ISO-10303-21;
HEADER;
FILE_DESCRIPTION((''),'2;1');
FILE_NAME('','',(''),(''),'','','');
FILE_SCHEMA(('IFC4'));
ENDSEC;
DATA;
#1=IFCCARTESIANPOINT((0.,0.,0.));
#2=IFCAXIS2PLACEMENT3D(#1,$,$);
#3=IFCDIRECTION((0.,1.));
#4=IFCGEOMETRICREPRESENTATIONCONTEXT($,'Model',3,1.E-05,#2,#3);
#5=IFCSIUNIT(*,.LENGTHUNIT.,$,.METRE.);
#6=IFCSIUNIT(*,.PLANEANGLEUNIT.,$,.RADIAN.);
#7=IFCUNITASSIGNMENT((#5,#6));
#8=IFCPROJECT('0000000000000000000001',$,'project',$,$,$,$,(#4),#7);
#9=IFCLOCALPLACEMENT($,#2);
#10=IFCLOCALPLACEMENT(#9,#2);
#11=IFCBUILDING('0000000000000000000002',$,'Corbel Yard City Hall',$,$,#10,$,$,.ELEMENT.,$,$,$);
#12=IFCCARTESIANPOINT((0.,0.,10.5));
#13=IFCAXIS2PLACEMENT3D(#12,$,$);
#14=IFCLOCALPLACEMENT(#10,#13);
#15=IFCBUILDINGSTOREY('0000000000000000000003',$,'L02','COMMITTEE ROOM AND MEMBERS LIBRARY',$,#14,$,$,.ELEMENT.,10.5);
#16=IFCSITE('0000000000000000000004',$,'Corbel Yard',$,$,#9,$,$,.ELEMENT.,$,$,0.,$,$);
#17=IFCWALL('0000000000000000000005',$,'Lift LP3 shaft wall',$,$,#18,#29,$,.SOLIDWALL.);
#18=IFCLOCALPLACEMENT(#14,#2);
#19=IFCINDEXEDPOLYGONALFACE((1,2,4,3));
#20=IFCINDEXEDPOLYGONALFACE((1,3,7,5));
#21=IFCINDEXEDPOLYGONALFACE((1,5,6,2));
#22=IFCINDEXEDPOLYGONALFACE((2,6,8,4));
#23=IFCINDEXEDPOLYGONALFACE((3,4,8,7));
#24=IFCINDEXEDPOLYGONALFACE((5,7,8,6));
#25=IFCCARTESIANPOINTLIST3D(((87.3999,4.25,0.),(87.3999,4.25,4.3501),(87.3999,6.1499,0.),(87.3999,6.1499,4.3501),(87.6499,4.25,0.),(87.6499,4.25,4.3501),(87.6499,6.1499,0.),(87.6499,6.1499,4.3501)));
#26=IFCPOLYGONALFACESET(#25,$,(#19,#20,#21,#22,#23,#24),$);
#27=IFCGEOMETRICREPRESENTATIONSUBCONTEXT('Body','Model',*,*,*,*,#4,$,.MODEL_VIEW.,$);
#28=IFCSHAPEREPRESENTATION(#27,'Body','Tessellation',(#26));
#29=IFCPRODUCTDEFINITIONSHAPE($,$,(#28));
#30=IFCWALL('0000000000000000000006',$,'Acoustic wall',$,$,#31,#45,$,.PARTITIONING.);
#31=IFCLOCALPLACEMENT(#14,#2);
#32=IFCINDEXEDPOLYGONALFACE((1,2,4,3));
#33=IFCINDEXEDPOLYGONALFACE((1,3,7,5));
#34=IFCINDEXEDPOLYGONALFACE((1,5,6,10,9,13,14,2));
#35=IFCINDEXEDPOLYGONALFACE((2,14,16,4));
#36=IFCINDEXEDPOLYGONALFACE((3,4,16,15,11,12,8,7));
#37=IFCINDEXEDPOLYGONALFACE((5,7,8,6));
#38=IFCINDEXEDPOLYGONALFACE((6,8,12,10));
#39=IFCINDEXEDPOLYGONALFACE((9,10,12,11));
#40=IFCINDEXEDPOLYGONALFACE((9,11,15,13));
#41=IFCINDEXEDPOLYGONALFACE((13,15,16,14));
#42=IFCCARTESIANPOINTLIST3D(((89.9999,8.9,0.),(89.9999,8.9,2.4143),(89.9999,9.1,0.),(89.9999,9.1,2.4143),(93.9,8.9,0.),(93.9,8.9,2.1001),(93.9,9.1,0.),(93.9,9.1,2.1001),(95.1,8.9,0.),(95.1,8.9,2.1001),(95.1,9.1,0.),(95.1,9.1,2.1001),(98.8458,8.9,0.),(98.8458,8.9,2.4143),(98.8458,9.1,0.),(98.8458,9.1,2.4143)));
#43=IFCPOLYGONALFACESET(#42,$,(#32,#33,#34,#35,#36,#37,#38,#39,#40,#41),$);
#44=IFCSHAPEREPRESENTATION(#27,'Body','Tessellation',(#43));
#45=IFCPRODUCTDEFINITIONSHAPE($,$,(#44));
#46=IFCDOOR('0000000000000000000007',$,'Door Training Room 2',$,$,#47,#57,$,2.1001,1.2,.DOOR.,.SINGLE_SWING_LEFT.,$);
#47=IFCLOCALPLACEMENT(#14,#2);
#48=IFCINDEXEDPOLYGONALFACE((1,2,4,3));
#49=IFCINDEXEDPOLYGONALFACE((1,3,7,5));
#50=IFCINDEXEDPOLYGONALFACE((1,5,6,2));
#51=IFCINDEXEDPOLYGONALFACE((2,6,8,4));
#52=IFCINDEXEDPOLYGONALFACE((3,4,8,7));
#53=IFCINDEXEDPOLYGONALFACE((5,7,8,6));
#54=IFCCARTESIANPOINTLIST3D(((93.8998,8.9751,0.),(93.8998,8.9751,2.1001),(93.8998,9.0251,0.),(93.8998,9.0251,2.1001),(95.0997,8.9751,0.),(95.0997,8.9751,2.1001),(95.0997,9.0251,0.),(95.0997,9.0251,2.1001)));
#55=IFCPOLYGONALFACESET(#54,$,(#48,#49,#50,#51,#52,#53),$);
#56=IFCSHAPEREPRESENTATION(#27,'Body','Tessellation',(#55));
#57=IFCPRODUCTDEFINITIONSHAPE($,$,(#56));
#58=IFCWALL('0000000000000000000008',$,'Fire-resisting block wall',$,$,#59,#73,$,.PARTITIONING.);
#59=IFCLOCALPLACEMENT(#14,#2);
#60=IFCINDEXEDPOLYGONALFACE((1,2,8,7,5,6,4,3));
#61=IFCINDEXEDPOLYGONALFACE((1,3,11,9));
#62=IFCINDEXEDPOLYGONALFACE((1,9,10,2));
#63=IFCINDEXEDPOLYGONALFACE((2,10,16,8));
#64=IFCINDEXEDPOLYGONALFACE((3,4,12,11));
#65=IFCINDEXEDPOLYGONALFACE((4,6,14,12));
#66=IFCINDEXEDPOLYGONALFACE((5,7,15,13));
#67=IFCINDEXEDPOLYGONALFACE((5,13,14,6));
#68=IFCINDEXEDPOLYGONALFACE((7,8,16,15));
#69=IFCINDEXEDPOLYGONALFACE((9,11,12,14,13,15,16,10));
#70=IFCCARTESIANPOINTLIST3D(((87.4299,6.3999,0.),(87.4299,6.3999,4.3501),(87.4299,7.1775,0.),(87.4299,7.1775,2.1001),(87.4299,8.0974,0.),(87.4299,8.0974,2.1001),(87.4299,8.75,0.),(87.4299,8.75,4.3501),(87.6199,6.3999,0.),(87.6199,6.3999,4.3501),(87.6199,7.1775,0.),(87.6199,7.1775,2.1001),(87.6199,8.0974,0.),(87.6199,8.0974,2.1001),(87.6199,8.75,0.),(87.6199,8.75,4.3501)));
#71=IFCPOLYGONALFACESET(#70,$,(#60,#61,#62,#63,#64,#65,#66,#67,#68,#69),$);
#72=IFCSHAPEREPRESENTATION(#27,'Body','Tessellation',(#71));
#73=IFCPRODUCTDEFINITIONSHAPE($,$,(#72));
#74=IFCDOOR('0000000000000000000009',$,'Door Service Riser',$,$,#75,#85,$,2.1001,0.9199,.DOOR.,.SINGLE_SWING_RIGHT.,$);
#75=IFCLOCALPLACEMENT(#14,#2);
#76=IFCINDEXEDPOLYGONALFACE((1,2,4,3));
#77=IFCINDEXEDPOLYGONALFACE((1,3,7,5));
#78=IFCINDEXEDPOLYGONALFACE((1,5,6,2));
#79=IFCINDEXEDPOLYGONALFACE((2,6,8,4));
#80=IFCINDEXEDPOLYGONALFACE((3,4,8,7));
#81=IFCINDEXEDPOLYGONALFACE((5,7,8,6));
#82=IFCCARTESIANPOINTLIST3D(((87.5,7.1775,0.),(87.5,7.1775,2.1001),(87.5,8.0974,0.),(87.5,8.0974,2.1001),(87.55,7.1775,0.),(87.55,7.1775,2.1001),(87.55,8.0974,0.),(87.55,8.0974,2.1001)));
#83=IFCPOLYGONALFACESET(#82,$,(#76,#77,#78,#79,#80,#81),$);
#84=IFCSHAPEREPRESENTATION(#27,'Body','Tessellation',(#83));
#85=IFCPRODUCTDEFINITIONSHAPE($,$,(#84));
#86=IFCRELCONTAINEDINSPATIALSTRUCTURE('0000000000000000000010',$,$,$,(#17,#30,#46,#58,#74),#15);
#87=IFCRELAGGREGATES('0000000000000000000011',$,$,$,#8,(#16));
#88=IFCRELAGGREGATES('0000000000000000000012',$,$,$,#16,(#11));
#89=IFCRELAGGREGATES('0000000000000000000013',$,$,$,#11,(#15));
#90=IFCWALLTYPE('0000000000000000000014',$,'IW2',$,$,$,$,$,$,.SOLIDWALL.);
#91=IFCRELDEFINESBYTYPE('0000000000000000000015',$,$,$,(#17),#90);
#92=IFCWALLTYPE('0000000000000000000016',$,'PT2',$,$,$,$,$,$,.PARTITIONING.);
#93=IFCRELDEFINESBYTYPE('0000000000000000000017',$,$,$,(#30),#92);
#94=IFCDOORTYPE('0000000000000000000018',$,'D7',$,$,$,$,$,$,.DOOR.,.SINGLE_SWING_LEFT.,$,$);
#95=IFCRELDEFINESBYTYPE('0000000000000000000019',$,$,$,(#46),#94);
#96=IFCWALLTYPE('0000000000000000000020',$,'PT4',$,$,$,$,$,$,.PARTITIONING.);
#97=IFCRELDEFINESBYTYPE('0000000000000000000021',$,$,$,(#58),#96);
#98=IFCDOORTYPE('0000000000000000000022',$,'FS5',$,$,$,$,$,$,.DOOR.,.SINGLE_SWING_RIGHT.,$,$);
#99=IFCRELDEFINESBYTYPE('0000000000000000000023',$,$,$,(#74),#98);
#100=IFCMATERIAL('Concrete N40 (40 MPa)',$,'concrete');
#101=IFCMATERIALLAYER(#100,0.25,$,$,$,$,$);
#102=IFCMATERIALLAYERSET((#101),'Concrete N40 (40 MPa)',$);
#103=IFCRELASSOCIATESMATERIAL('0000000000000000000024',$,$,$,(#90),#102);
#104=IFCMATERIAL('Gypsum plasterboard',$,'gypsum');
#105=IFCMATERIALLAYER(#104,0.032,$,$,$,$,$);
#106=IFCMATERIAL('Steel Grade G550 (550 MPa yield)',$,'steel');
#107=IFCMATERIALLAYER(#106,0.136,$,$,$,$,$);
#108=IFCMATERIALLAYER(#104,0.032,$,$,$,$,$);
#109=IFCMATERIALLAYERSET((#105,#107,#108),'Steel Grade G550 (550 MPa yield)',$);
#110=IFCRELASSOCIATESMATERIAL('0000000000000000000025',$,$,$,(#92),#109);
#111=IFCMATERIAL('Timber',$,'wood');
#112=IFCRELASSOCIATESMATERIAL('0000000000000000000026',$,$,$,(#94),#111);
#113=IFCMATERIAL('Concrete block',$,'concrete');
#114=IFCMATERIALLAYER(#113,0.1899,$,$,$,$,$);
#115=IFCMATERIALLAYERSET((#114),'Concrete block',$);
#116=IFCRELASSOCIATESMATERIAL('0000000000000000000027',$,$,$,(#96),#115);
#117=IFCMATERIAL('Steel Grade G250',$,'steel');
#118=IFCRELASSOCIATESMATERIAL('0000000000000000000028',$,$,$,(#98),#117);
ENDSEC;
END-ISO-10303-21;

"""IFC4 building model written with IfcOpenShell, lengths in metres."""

from ifc_helpers import new_model, si_unit, direction, frame, frame_2d, origin, place, context, subcontext, project, spatial, rectangle, extrude, material, layer, layer_set, type_object, element, fill, save


model = new_model("IFC4")

# Units and contexts
model_context = context("Model", 3, precision=1e-05, world=origin(), true_north=direction((0.0, 1.0)))
body_context = subcontext(model_context, "Body", "Model", "MODEL_VIEW")
ifc_project = project(units=[si_unit("LENGTHUNIT", "METRE"), si_unit("PLANEANGLEUNIT", "RADIAN")], contexts=[model_context])

# Site, building, storey
site_placement = place(None, origin())
site = spatial("IfcSite", under=ifc_project, at=site_placement, Name="Corbel Yard", CompositionType="ELEMENT", RefElevation=0.0)
building_placement = place(site_placement, origin())
building = spatial("IfcBuilding", under=site, at=building_placement, Name="Corbel Yard City Hall", CompositionType="ELEMENT")
storey_placement = place(building_placement, frame((0.0, 0.0, 10.5)))
storey = spatial("IfcBuildingStorey", under=building, at=storey_placement, Name="L02", Description="COMMITTEE ROOM AND MEMBERS LIBRARY", CompositionType="ELEMENT", Elevation=10.5)

# Shared definitions
ifc_material_1 = material(Name="Steel Grade G250", Category="steel")

# Shared definitions
ifc_material_2 = material(Name="Gypsum plasterboard", Category="gypsum")

# Shared definitions
ifc_material_3 = material(Name="Concrete N40 (40 MPa)", Category="concrete")
ifc_layer_1 = layer(ifc_material_3, 0.25)
ifc_layer_set_1 = layer_set([ifc_layer_1], Name="Concrete N40 (40 MPa)")
wall_type_1 = type_object("IfcWallType", Name="IW2", PredefinedType="SOLIDWALL", material=ifc_layer_set_1)

# Wall
wall_1_placement = place(storey_placement, frame((87.5249, 4.25, 0.0), z_axis=(0.0, 0.0, 1.0), x_axis=(0.0, 1.0, 0.0)))
element("IfcWall", 1, at=wall_1_placement, inside=storey, type_object=wall_type_1, Name="Lift LP3 shaft wall", PredefinedType="SOLIDWALL", context=body_context, shape_type="SweptSolid", body=[
    extrude(rectangle(XDim=1.8999, YDim=0.25, at=frame_2d((0.95, 0.0))), origin(), (0.0, 0.0, 1.0), 4.3501),
])

# Walls, openings, doors
ifc_layer_2 = layer(ifc_material_2, 0.032)
ifc_material_4 = material(Name="Steel Grade G550 (550 MPa yield)", Category="steel")
ifc_layer_3 = layer(ifc_material_4, 0.136)
ifc_layer_4 = layer(ifc_material_2, 0.032)
ifc_layer_set_2 = layer_set([ifc_layer_2, ifc_layer_3, ifc_layer_4], Name="Steel Grade G550 (550 MPa yield)")
wall_type_2 = type_object("IfcWallType", Name="PT2", PredefinedType="PARTITIONING", material=ifc_layer_set_2)
wall_2_placement = place(storey_placement, frame((90.0, 9.0, 0.0), z_axis=(0.0, 0.0, 1.0), x_axis=(1.0, 0.0, 0.0)))
wall_2 = element("IfcWall", 2, at=wall_2_placement, inside=storey, type_object=wall_type_2, Name="Acoustic wall", PredefinedType="PARTITIONING", context=body_context, shape_type="SweptSolid", body=[
    extrude(rectangle(XDim=8.8459, YDim=0.2, at=frame_2d((4.4229, 0.0))), origin(), (0.0, 0.0, 1.0), 2.4143),
])
opening_1_placement = place(wall_2_placement, frame((3.8999, 0.0, 0.0)))
opening_1 = element("IfcOpeningElement", 3, at=opening_1_placement, cuts=wall_2, PredefinedType="OPENING", context=body_context, shape_type="SweptSolid", body=[
    extrude(rectangle(XDim=1.2, YDim=2.1001, at=frame_2d((0.6001, 1.05))), frame((0.0, 0.1099, 0.0), z_axis=(0.0, -1.0, 0.0), x_axis=(1.0, 0.0, 0.0)), (0.0, 0.0, 1.0), 0.22),
])
ifc_material_5 = material(Name="Timber", Category="wood")
door_type_1 = type_object("IfcDoorType", Name="D7", OperationType="SINGLE_SWING_LEFT", PredefinedType="DOOR", material=ifc_material_5)
door_1_placement = place(opening_1_placement, frame((1.2, 0.0, 0.0), z_axis=(0.0, 0.0, 1.0), x_axis=(-1.0, 0.0, 0.0)))
door_1 = element("IfcDoor", 4, at=door_1_placement, inside=storey, type_object=door_type_1, Name="Door Training Room 2", OperationType="SINGLE_SWING_LEFT", OverallHeight=2.1001, OverallWidth=1.2, PredefinedType="DOOR", context=body_context, shape_type="SweptSolid", body=[
    extrude(rectangle(XDim=1.2, YDim=2.1001, at=frame_2d((0.6001, 1.05))), frame((0.0, 0.0249, 0.0), z_axis=(0.0, -1.0, 0.0), x_axis=(1.0, 0.0, 0.0)), (0.0, 0.0, 1.0), 0.05),
])
fill(opening_1, door_1)
ifc_material_6 = material(Name="Concrete block", Category="concrete")
ifc_layer_5 = layer(ifc_material_6, 0.1899)
ifc_layer_set_3 = layer_set([ifc_layer_5], Name="Concrete block")
wall_type_3 = type_object("IfcWallType", Name="PT4", PredefinedType="PARTITIONING", material=ifc_layer_set_3)
wall_3_placement = place(storey_placement, frame((87.5249, 6.3999, 0.0), z_axis=(0.0, 0.0, 1.0), x_axis=(0.0, 1.0, 0.0)))
wall_3 = element("IfcWall", 5, at=wall_3_placement, inside=storey, type_object=wall_type_3, Name="Fire-resisting block wall", PredefinedType="PARTITIONING", context=body_context, shape_type="SweptSolid", body=[
    extrude(rectangle(XDim=2.3501, YDim=0.1899, at=frame_2d((1.175, 0.0))), origin(), (0.0, 0.0, 1.0), 4.3501),
])
opening_2_placement = place(wall_3_placement, frame((0.7776, 0.0, 0.0)))
opening_2 = element("IfcOpeningElement", 6, at=opening_2_placement, cuts=wall_3, PredefinedType="OPENING", context=body_context, shape_type="SweptSolid", body=[
    extrude(rectangle(XDim=0.9199, YDim=2.1001, at=frame_2d((0.46, 1.05))), frame((0.0, 0.105, 0.0), z_axis=(0.0, -1.0, 0.0), x_axis=(1.0, 0.0, 0.0)), (0.0, 0.0, 1.0), 0.21),
])
door_type_2 = type_object("IfcDoorType", Name="FS5", OperationType="SINGLE_SWING_RIGHT", PredefinedType="DOOR", material=ifc_material_1)
door_2_placement = place(opening_2_placement, origin())
door_2 = element("IfcDoor", 7, at=door_2_placement, inside=storey, type_object=door_type_2, Name="Door Service Riser", OperationType="SINGLE_SWING_RIGHT", OverallHeight=2.1001, OverallWidth=0.9199, PredefinedType="DOOR", context=body_context, shape_type="SweptSolid", body=[
    extrude(rectangle(XDim=0.9199, YDim=2.1001, at=frame_2d((0.46, 1.05))), frame((0.0, 0.0249, 0.0), z_axis=(0.0, -1.0, 0.0), x_axis=(1.0, 0.0, 0.0)), (0.0, 0.0, 1.0), 0.05),
])
fill(opening_2, door_2)

save(model, "model.ifc")
